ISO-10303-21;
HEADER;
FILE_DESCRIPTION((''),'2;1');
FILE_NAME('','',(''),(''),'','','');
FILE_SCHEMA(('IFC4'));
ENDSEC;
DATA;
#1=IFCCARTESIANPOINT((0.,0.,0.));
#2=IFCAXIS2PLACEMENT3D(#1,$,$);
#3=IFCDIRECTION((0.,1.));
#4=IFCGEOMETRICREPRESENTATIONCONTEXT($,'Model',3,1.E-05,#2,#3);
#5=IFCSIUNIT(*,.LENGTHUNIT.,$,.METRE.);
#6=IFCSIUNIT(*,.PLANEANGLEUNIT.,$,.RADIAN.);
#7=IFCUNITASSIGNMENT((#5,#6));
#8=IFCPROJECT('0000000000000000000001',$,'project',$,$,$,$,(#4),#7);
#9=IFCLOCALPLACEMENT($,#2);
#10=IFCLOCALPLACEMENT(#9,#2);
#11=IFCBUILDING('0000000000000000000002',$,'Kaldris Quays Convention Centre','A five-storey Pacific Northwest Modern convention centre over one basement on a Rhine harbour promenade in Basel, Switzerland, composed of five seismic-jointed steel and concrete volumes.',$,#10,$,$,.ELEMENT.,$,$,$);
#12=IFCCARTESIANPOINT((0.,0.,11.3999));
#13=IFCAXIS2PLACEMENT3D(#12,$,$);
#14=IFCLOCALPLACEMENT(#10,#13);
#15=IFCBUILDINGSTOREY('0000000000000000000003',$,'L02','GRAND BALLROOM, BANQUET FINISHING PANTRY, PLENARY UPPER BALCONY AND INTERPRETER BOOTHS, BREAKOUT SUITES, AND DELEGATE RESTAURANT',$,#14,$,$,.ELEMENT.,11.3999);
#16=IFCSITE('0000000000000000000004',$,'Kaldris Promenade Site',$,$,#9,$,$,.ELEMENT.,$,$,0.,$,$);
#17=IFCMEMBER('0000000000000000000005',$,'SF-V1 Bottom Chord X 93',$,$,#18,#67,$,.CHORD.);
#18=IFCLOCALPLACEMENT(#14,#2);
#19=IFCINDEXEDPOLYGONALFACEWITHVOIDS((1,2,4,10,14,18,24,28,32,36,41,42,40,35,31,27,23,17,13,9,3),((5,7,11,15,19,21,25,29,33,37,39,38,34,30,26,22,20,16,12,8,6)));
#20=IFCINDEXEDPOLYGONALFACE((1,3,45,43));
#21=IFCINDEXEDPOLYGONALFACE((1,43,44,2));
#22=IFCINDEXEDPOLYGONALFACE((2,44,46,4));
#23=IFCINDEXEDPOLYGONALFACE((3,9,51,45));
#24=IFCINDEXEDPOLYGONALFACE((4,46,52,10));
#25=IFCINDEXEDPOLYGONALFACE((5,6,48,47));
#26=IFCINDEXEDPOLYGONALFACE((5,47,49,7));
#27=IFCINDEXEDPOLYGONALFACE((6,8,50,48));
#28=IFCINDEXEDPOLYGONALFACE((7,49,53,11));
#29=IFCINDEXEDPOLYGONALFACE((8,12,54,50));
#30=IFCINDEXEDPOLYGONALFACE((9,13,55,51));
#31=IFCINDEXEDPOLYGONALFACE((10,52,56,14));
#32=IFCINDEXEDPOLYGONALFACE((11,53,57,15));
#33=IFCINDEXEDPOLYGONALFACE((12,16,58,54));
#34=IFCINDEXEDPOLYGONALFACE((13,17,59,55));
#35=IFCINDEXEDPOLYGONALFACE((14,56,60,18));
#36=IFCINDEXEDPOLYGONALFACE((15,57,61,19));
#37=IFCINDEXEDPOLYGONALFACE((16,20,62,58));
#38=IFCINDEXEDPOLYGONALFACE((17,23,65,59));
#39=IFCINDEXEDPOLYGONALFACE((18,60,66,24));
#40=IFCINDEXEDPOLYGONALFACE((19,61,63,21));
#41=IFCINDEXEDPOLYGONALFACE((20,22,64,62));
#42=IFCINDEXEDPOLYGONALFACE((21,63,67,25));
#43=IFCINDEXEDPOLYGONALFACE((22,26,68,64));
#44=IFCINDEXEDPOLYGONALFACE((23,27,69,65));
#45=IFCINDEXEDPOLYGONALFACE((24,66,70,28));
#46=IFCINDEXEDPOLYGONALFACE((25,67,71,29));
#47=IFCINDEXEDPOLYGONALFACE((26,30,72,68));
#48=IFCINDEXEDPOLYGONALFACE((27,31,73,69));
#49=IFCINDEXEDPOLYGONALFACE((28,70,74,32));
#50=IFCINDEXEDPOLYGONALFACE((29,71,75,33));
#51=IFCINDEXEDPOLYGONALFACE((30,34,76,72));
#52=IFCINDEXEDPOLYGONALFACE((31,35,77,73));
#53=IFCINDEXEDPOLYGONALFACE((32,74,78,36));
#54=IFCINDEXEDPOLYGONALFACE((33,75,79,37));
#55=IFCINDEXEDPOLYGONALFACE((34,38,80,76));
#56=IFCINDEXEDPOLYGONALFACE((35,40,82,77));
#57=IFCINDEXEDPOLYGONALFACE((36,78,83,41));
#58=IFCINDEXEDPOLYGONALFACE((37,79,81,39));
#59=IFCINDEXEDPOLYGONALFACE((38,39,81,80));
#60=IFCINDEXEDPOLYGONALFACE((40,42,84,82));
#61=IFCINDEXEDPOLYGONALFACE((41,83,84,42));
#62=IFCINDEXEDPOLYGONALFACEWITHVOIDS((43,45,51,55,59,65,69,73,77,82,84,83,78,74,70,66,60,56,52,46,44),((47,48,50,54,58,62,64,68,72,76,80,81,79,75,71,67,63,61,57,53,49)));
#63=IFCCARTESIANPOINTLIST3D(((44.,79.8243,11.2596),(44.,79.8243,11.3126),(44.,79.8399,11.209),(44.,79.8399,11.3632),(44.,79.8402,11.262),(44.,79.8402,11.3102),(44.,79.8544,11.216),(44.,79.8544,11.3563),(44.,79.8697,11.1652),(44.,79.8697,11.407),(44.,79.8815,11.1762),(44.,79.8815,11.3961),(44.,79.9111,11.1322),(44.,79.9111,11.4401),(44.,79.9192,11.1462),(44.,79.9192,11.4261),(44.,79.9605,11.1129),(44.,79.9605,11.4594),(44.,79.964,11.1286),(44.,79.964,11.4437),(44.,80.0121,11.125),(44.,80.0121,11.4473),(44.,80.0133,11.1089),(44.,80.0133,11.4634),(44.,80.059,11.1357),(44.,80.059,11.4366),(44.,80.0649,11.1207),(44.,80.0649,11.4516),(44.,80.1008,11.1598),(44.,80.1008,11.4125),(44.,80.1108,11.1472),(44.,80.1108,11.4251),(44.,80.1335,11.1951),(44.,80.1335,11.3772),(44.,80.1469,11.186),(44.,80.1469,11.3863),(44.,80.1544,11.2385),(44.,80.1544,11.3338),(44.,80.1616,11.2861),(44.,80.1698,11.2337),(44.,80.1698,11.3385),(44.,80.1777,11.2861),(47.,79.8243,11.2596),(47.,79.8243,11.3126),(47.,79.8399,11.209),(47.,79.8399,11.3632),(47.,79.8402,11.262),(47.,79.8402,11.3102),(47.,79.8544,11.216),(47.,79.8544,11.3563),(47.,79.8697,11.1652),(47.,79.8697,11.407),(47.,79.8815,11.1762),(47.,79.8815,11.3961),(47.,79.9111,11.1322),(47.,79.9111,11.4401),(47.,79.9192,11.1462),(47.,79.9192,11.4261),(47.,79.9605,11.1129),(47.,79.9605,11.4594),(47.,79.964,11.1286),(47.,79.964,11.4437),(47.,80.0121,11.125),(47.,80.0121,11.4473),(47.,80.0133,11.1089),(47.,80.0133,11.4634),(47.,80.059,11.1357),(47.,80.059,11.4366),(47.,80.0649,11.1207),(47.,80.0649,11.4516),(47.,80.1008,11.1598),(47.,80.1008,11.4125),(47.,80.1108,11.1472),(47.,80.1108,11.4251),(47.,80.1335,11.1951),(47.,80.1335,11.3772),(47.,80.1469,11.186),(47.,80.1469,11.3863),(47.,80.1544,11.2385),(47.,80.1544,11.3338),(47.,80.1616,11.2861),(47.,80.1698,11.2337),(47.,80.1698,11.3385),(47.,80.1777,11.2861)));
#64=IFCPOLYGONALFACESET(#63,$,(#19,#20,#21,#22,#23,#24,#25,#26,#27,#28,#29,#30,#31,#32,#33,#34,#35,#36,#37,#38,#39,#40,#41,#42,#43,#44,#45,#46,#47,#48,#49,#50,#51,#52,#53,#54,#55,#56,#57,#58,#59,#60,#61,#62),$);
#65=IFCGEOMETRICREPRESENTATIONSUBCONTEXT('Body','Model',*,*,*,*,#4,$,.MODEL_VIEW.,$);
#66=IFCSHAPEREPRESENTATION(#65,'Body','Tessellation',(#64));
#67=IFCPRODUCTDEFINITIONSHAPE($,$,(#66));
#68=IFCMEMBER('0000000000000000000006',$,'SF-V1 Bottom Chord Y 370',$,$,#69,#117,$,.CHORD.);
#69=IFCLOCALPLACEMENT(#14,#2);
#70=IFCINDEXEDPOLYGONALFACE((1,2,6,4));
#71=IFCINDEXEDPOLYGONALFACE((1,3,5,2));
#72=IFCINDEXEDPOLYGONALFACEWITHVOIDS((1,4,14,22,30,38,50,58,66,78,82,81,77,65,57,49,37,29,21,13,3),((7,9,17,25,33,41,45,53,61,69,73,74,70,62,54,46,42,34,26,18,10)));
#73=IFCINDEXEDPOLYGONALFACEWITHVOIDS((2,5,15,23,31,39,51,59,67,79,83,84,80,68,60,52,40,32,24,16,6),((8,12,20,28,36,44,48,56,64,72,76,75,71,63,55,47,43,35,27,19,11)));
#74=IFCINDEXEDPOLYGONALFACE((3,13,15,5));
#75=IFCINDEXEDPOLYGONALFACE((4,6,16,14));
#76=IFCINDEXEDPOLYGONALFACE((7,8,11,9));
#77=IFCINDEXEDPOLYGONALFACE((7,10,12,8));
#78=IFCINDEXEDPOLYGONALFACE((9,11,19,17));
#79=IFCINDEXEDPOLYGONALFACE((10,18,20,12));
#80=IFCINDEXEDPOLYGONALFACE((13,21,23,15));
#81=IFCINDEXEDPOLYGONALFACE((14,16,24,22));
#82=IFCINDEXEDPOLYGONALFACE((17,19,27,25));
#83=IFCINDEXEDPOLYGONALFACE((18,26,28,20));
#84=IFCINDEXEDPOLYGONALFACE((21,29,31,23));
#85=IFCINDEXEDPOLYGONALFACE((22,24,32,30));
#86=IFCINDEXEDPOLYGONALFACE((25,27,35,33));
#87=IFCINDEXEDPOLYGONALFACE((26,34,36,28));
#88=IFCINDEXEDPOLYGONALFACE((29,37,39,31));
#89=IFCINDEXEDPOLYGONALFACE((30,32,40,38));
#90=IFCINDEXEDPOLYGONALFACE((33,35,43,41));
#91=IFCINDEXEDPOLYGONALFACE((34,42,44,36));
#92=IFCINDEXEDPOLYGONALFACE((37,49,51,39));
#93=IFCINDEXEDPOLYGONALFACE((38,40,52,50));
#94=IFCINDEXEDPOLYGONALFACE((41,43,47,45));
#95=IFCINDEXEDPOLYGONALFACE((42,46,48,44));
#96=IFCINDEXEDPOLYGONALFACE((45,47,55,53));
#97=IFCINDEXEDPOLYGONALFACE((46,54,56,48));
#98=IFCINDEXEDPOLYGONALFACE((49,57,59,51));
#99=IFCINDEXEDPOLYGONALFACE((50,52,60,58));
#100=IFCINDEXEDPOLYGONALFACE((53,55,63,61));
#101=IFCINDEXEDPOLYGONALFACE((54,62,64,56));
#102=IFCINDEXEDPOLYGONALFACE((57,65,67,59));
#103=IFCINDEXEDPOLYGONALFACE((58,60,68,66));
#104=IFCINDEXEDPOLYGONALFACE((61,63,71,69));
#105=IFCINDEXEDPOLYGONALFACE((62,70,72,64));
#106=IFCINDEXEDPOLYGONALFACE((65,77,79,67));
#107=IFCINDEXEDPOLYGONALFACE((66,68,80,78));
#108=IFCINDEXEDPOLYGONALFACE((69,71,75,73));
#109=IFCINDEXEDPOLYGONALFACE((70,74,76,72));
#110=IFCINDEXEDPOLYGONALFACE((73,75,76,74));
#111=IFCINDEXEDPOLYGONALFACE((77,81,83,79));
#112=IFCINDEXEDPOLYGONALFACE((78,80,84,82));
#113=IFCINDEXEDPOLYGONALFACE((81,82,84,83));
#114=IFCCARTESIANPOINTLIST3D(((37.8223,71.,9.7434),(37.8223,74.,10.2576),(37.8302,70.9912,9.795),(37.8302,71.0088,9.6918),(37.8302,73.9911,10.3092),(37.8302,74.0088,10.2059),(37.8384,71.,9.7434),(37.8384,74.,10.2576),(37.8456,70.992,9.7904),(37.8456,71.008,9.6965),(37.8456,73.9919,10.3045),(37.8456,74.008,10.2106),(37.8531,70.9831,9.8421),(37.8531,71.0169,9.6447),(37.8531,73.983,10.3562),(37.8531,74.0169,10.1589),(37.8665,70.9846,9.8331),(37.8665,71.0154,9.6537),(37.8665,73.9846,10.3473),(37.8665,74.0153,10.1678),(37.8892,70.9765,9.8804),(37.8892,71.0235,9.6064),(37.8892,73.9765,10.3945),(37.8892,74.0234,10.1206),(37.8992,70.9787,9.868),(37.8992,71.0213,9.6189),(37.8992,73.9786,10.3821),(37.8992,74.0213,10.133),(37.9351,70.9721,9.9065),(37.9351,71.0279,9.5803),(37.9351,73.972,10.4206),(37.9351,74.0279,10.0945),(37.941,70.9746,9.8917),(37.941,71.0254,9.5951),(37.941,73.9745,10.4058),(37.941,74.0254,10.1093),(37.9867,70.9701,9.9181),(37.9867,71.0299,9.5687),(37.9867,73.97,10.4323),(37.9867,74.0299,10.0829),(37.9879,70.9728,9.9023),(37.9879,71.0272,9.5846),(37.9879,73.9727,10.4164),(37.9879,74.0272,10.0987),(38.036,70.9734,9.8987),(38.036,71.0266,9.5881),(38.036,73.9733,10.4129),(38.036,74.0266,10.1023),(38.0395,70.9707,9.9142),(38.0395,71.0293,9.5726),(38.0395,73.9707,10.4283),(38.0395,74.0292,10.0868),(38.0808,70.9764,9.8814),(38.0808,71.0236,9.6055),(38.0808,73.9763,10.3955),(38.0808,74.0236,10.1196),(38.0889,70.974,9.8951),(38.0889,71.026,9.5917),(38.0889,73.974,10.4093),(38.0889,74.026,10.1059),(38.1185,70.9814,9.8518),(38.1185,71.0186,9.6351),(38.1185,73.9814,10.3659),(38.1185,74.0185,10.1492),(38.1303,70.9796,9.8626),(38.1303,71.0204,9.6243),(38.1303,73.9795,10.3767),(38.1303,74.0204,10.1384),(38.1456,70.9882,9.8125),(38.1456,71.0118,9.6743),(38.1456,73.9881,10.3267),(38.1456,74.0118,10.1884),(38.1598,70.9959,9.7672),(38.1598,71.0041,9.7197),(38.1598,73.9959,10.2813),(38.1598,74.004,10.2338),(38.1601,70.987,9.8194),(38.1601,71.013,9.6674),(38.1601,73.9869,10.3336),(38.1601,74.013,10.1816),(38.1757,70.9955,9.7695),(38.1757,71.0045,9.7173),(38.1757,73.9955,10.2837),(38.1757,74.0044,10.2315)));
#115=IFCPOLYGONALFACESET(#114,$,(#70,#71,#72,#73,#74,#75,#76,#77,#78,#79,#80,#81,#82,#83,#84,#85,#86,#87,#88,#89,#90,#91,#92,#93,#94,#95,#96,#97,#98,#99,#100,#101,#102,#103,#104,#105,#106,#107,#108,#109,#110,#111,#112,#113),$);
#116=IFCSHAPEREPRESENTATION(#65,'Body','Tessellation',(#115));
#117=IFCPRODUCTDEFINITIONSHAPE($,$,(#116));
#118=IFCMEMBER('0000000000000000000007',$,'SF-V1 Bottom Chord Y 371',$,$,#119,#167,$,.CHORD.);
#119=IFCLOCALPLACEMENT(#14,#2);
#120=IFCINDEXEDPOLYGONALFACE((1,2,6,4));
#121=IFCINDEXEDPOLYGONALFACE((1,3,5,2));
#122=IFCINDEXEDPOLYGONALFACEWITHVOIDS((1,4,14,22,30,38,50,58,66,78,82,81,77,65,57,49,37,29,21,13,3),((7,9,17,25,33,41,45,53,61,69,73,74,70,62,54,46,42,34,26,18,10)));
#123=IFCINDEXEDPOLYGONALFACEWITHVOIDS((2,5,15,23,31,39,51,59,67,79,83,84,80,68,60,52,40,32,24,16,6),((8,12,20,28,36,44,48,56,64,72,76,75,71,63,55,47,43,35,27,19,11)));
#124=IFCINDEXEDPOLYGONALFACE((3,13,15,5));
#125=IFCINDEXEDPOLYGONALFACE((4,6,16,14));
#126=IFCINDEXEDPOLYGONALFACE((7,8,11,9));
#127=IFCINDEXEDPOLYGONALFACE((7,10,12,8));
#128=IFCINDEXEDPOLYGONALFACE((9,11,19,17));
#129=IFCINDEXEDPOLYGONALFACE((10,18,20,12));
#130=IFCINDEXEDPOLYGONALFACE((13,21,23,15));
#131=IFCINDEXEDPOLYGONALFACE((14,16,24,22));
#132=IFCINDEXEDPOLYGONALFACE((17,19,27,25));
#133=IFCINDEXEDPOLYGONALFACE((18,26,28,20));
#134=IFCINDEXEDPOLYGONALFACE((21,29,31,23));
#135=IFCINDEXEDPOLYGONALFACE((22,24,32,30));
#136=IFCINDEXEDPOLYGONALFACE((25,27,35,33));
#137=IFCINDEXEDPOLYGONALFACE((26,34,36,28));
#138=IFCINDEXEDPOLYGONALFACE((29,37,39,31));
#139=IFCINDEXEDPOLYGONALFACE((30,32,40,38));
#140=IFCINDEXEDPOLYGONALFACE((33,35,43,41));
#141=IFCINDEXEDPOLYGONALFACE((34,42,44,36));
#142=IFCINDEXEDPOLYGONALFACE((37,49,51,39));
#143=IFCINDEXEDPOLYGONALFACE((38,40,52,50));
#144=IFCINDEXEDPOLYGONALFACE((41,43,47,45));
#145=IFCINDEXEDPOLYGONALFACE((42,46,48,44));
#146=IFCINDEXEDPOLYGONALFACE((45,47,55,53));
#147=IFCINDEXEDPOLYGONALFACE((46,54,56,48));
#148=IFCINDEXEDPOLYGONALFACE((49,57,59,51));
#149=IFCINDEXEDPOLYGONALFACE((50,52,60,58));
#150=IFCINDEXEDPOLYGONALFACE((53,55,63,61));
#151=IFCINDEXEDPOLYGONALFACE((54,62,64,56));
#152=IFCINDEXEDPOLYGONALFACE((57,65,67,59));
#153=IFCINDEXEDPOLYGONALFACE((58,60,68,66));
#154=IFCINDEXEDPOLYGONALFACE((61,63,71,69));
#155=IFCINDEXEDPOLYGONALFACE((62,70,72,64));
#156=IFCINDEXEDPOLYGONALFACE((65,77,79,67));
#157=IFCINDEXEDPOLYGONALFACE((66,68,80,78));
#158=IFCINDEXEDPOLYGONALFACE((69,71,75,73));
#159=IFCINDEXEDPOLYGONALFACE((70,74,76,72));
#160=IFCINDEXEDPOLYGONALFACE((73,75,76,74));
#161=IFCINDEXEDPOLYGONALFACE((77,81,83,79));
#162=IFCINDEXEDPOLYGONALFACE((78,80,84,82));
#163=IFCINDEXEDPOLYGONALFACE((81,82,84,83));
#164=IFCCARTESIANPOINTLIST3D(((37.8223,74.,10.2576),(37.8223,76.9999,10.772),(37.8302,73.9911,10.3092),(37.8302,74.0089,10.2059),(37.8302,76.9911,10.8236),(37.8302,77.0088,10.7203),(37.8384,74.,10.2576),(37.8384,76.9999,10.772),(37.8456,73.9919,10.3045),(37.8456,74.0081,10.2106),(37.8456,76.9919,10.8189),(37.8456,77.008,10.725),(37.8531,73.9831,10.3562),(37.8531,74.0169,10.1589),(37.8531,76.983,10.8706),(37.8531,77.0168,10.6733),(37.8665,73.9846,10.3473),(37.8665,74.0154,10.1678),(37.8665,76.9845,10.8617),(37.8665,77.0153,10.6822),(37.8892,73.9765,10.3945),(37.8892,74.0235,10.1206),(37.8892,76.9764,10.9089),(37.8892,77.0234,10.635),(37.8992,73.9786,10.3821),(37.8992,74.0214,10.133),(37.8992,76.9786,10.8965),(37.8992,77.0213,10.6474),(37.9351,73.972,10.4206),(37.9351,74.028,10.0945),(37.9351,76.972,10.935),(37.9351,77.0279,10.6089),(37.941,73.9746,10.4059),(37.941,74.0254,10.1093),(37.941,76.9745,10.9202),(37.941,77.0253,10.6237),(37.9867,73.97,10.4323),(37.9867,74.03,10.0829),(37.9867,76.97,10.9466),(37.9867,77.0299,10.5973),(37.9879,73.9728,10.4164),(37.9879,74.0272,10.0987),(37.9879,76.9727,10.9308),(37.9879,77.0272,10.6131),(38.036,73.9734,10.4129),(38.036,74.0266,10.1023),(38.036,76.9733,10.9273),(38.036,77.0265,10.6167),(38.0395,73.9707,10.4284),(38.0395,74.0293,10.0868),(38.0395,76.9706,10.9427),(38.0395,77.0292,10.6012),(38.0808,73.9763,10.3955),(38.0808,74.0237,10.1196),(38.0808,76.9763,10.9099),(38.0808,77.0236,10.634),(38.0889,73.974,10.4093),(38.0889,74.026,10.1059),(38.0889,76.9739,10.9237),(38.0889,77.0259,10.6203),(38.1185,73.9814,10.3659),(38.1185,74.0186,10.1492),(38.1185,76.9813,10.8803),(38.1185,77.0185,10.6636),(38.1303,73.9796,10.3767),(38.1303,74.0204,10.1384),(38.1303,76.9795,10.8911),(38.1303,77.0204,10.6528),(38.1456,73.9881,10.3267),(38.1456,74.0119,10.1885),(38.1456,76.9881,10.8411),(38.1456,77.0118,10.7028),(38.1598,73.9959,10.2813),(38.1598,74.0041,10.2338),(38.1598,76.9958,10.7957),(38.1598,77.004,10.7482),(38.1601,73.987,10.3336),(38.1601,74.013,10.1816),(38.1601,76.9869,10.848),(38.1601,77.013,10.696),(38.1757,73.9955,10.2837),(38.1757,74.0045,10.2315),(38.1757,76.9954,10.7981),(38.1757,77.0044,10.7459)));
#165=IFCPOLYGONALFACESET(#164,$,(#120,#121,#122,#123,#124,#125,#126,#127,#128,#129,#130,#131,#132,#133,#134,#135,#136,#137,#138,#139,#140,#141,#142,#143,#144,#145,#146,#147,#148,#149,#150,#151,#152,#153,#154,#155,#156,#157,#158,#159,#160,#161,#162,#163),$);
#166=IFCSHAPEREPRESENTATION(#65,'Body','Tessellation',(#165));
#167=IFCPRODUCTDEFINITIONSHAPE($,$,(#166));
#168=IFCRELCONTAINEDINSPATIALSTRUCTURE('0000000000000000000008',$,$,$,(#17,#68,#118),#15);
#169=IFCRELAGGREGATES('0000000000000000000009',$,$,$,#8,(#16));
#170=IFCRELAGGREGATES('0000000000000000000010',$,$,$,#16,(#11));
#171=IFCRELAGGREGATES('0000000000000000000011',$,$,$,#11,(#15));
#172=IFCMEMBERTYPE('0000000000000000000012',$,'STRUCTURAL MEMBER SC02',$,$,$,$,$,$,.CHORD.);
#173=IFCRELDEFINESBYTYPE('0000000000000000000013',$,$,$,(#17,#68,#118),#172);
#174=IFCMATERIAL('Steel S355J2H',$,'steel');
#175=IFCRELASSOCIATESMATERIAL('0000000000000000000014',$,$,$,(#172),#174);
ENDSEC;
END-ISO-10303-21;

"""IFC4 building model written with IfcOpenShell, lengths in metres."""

from ifc_helpers import new_model, si_unit, direction, frame, origin, origin_2d, place, context, subcontext, project, spatial, hollow_circle, extrude, material, material_profile, profile_set, type_object, element, save


model = new_model("IFC4")

# Units and contexts
model_context = context("Model", 3, precision=1e-05, world=origin(), true_north=direction((0.0, 1.0)))
body_context = subcontext(model_context, "Body", "Model", "MODEL_VIEW")
ifc_project = project(units=[si_unit("LENGTHUNIT", "METRE"), si_unit("PLANEANGLEUNIT", "RADIAN")], contexts=[model_context])

# Site, building, storey
site_placement = place(None, origin())
site = spatial("IfcSite", under=ifc_project, at=site_placement, Name="Kaldris Promenade Site", CompositionType="ELEMENT", RefElevation=0.0)
building_placement = place(site_placement, origin())
building = spatial("IfcBuilding", under=site, at=building_placement, Name="Kaldris Quays Convention Centre", Description="A five-storey Pacific Northwest Modern convention centre over one basement on a Rhine harbour promenade in Basel, Switzerland, composed of five seismic-jointed steel and concrete volumes.", CompositionType="ELEMENT")
storey_placement = place(building_placement, frame((0.0, 0.0, 11.3999)))
storey = spatial("IfcBuildingStorey", under=building, at=storey_placement, Name="L02", Description="GRAND BALLROOM, BANQUET FINISHING PANTRY, PLENARY UPPER BALCONY AND INTERPRETER BOOTHS, BREAKOUT SUITES, AND DELEGATE RESTAURANT", CompositionType="ELEMENT", Elevation=11.3999)

# Members
ifc_material_1 = material(Name="Steel S355J2H", Category="steel")
ifc_material_profile_1 = material_profile(ifc_material_1, hollow_circle(Radius=0.1777, WallThickness=0.0161, at=origin_2d()), Name="CHS 355.6x16")
ifc_profile_set_1 = profile_set([ifc_material_profile_1], Name="Steel S355J2H")
member_type_1 = type_object("IfcMemberType", Name="STRUCTURAL MEMBER SC02", PredefinedType="CHORD", material=ifc_profile_set_1)
for number, where, z_axis, x_axis, name in (
    (1, (44.0, 80.0, 11.2861), (1.0, 0.0, 0.0), (0.0, 1.0, 0.0), "SF-V1 Bottom Chord X 93"),
):
    element("IfcMember", number, at=place(storey_placement, frame(where, z_axis=z_axis, x_axis=x_axis)), inside=storey, type_object=member_type_1, Name=name, PredefinedType="CHORD", context=body_context, shape_type="SweptSolid", body=[
        extrude(hollow_circle(Radius=0.1777, WallThickness=0.0161, at=origin_2d()), origin(), (0.0, 0.0, 1.0), 3.0),
    ])
for number, where, z_axis, x_axis, name in (
    (2, (38.0, 71.0, 9.7434), (0.0, 0.985629, 0.168924), (-1.0, 0.0, 0.0), "SF-V1 Bottom Chord Y 370"),
    (3, (38.0, 74.0, 10.2576), (0.0, 0.985616, 0.169002), (-1.0, 0.0, 0.0), "SF-V1 Bottom Chord Y 371"),
):
    element("IfcMember", number, at=place(storey_placement, frame(where, z_axis=z_axis, x_axis=x_axis)), inside=storey, type_object=member_type_1, Name=name, PredefinedType="CHORD", context=body_context, shape_type="SweptSolid", body=[
        extrude(hollow_circle(Radius=0.1777, WallThickness=0.0161, at=origin_2d()), origin(), (0.0, 0.0, 1.0), 3.0437),
    ])

save(model, "model.ifc")
